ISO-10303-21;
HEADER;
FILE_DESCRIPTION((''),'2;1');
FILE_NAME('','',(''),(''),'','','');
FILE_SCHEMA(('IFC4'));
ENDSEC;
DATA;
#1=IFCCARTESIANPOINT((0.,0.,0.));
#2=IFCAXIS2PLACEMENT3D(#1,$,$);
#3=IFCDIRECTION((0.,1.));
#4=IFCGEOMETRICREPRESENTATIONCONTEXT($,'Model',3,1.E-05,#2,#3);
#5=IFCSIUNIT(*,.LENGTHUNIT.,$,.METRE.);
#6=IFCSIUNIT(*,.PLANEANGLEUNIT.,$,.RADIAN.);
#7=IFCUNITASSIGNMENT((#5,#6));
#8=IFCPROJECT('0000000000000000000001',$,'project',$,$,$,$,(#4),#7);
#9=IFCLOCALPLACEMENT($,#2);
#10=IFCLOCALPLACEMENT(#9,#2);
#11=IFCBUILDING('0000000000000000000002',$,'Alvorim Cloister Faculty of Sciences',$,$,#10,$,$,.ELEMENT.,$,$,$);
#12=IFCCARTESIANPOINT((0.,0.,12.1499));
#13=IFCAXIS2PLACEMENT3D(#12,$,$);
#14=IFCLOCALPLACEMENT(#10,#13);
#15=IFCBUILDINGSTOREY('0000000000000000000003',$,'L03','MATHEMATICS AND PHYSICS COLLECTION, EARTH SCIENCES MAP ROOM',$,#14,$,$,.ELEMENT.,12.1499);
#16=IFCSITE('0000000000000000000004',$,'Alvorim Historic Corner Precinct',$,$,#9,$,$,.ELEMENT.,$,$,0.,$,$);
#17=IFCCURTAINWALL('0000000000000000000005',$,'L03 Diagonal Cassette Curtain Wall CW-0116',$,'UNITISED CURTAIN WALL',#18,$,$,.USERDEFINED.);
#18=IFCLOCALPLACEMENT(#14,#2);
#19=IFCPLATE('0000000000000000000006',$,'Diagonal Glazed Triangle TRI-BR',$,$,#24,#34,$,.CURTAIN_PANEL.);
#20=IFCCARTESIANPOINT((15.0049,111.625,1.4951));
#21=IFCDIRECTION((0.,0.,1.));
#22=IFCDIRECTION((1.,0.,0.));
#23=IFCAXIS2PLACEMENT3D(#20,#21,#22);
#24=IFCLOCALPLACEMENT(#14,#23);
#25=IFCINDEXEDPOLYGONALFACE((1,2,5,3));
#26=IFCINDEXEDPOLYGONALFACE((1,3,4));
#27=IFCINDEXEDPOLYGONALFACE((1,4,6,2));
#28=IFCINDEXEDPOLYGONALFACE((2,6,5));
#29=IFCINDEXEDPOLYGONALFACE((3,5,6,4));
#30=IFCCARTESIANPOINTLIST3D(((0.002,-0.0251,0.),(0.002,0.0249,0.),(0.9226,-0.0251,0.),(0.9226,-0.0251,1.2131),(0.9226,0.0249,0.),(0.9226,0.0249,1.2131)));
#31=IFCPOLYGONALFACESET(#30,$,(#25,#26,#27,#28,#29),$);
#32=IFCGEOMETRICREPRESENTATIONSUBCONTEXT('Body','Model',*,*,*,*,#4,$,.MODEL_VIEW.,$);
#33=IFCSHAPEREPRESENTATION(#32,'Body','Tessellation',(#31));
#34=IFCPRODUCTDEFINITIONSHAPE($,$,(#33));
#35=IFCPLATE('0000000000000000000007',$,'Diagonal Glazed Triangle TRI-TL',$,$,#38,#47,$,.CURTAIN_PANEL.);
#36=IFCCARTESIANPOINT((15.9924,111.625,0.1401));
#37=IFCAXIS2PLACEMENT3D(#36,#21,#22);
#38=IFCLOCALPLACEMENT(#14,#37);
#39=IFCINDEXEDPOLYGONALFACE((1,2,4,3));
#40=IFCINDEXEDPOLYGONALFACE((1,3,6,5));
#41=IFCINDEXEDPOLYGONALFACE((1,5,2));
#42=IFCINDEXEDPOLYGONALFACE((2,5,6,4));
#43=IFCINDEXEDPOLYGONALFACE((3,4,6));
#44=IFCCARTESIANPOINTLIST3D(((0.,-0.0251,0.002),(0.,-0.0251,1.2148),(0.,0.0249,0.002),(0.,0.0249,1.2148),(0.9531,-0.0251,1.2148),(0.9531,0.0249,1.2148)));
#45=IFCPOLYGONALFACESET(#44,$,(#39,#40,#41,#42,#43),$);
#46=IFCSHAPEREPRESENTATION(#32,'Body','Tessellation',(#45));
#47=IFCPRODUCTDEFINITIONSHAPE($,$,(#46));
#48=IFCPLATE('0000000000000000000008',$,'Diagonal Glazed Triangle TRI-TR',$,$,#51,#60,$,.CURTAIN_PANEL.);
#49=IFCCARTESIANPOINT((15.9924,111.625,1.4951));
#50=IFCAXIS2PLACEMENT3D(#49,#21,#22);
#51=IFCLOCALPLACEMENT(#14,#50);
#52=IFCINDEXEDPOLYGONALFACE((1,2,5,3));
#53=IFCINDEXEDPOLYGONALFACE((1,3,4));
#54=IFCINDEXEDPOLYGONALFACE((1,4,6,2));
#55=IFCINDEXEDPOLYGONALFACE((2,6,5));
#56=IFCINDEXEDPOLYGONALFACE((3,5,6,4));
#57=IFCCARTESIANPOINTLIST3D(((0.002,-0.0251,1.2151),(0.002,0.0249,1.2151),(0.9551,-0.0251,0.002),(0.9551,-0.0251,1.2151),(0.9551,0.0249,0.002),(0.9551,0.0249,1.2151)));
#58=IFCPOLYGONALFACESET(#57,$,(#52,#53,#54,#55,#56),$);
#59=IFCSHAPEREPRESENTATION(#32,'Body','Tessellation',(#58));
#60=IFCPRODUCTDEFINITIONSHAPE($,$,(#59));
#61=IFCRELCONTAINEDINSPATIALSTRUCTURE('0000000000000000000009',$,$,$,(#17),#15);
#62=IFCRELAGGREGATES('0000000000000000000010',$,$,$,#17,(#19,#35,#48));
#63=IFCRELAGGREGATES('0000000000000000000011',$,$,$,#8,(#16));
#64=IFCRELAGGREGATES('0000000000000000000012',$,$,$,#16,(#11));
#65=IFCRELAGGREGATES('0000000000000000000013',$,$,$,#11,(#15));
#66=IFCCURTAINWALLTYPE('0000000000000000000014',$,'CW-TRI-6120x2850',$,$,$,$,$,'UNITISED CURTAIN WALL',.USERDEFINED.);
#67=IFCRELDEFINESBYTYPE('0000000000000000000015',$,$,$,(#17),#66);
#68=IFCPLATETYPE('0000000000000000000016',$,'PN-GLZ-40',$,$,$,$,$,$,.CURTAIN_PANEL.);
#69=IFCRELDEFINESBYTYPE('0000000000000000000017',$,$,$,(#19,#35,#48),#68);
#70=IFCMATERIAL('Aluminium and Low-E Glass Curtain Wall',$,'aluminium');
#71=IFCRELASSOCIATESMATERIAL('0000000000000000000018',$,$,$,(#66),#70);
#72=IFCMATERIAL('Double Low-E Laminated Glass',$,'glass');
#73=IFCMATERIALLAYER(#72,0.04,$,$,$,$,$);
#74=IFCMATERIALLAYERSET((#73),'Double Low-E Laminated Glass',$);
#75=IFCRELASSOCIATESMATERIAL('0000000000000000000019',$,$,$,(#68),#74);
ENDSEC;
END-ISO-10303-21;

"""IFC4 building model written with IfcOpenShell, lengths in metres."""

from ifc_helpers import new_model, si_unit, direction, frame, origin, place, context, subcontext, project, spatial, polyline, outline, extrude, material, layer, layer_set, type_object, element, aggregate, save


model = new_model("IFC4")

# Units and contexts
model_context = context("Model", 3, precision=1e-05, world=origin(), true_north=direction((0.0, 1.0)))
body_context = subcontext(model_context, "Body", "Model", "MODEL_VIEW")
ifc_project = project(units=[si_unit("LENGTHUNIT", "METRE"), si_unit("PLANEANGLEUNIT", "RADIAN")], contexts=[model_context])

# Site, building, storey
site_placement = place(None, origin())
site = spatial("IfcSite", under=ifc_project, at=site_placement, Name="Alvorim Historic Corner Precinct", CompositionType="ELEMENT", RefElevation=0.0)
building_placement = place(site_placement, origin())
building = spatial("IfcBuilding", under=site, at=building_placement, Name="Alvorim Cloister Faculty of Sciences", CompositionType="ELEMENT")
storey_placement = place(building_placement, frame((0.0, 0.0, 12.1499)))
storey = spatial("IfcBuildingStorey", under=building, at=storey_placement, Name="L03", Description="MATHEMATICS AND PHYSICS COLLECTION, EARTH SCIENCES MAP ROOM", CompositionType="ELEMENT", Elevation=12.1499)

# Curtain wall, plates
ifc_material_1 = material(Name="Aluminium and Low-E Glass Curtain Wall", Category="aluminium")
curtain_wall_type = type_object("IfcCurtainWallType", Name="CW-TRI-6120x2850", ElementType="UNITISED CURTAIN WALL", PredefinedType="USERDEFINED", material=ifc_material_1)
curtain_wall_placement = place(storey_placement, origin())
curtain_wall = element("IfcCurtainWall", 1, at=curtain_wall_placement, inside=storey, type_object=curtain_wall_type, Name="L03 Diagonal Cassette Curtain Wall CW-0116", ObjectType="UNITISED CURTAIN WALL", PredefinedType="USERDEFINED")
ifc_material_2 = material(Name="Double Low-E Laminated Glass", Category="glass")
ifc_layer_1 = layer(ifc_material_2, 0.04)
ifc_layer_set_1 = layer_set([ifc_layer_1], Name="Double Low-E Laminated Glass")
plate_type = type_object("IfcPlateType", Name="PN-GLZ-40", PredefinedType="CURTAIN_PANEL", material=ifc_layer_set_1)
plate_1_placement = place(storey_placement, frame((15.0049, 111.625, 1.4951), z_axis=(0.0, 0.0, 1.0), x_axis=(1.0, 0.0, 0.0)))
plate_1 = element("IfcPlate", 2, at=plate_1_placement, type_object=plate_type, Name="Diagonal Glazed Triangle TRI-BR", PredefinedType="CURTAIN_PANEL", context=body_context, shape_type="SweptSolid", body=[
    extrude(outline(polyline([(0.002, 0.0), (0.9226, 0.0), (0.9226, 1.2131), (0.002, 0.0)])), frame((0.0, 0.0249, 0.0), z_axis=(0.0, -1.0, 0.0), x_axis=(1.0, 0.0, 0.0)), (0.0, 0.0, 1.0), 0.05),
])
plate_2_placement = place(storey_placement, frame((15.9924, 111.625, 0.1401), z_axis=(0.0, 0.0, 1.0), x_axis=(1.0, 0.0, 0.0)))
plate_2 = element("IfcPlate", 3, at=plate_2_placement, type_object=plate_type, Name="Diagonal Glazed Triangle TRI-TL", PredefinedType="CURTAIN_PANEL", context=body_context, shape_type="SweptSolid", body=[
    extrude(outline(polyline([(0.9531, 1.2148), (0.0, 1.2148), (0.0, 0.002), (0.9531, 1.2148)])), frame((0.0, 0.0249, 0.0), z_axis=(0.0, -1.0, 0.0), x_axis=(1.0, 0.0, 0.0)), (0.0, 0.0, 1.0), 0.05),
])
plate_3_placement = place(storey_placement, frame((15.9924, 111.625, 1.4951), z_axis=(0.0, 0.0, 1.0), x_axis=(1.0, 0.0, 0.0)))
plate_3 = element("IfcPlate", 4, at=plate_3_placement, type_object=plate_type, Name="Diagonal Glazed Triangle TRI-TR", PredefinedType="CURTAIN_PANEL", context=body_context, shape_type="SweptSolid", body=[
    extrude(outline(polyline([(0.9551, 0.002), (0.9551, 1.2151), (0.002, 1.2151), (0.9551, 0.002)])), frame((0.0, 0.0249, 0.0), z_axis=(0.0, -1.0, 0.0), x_axis=(1.0, 0.0, 0.0)), (0.0, 0.0, 1.0), 0.05),
])
aggregate(curtain_wall, [plate_1, plate_2, plate_3])

save(model, "model.ifc")
